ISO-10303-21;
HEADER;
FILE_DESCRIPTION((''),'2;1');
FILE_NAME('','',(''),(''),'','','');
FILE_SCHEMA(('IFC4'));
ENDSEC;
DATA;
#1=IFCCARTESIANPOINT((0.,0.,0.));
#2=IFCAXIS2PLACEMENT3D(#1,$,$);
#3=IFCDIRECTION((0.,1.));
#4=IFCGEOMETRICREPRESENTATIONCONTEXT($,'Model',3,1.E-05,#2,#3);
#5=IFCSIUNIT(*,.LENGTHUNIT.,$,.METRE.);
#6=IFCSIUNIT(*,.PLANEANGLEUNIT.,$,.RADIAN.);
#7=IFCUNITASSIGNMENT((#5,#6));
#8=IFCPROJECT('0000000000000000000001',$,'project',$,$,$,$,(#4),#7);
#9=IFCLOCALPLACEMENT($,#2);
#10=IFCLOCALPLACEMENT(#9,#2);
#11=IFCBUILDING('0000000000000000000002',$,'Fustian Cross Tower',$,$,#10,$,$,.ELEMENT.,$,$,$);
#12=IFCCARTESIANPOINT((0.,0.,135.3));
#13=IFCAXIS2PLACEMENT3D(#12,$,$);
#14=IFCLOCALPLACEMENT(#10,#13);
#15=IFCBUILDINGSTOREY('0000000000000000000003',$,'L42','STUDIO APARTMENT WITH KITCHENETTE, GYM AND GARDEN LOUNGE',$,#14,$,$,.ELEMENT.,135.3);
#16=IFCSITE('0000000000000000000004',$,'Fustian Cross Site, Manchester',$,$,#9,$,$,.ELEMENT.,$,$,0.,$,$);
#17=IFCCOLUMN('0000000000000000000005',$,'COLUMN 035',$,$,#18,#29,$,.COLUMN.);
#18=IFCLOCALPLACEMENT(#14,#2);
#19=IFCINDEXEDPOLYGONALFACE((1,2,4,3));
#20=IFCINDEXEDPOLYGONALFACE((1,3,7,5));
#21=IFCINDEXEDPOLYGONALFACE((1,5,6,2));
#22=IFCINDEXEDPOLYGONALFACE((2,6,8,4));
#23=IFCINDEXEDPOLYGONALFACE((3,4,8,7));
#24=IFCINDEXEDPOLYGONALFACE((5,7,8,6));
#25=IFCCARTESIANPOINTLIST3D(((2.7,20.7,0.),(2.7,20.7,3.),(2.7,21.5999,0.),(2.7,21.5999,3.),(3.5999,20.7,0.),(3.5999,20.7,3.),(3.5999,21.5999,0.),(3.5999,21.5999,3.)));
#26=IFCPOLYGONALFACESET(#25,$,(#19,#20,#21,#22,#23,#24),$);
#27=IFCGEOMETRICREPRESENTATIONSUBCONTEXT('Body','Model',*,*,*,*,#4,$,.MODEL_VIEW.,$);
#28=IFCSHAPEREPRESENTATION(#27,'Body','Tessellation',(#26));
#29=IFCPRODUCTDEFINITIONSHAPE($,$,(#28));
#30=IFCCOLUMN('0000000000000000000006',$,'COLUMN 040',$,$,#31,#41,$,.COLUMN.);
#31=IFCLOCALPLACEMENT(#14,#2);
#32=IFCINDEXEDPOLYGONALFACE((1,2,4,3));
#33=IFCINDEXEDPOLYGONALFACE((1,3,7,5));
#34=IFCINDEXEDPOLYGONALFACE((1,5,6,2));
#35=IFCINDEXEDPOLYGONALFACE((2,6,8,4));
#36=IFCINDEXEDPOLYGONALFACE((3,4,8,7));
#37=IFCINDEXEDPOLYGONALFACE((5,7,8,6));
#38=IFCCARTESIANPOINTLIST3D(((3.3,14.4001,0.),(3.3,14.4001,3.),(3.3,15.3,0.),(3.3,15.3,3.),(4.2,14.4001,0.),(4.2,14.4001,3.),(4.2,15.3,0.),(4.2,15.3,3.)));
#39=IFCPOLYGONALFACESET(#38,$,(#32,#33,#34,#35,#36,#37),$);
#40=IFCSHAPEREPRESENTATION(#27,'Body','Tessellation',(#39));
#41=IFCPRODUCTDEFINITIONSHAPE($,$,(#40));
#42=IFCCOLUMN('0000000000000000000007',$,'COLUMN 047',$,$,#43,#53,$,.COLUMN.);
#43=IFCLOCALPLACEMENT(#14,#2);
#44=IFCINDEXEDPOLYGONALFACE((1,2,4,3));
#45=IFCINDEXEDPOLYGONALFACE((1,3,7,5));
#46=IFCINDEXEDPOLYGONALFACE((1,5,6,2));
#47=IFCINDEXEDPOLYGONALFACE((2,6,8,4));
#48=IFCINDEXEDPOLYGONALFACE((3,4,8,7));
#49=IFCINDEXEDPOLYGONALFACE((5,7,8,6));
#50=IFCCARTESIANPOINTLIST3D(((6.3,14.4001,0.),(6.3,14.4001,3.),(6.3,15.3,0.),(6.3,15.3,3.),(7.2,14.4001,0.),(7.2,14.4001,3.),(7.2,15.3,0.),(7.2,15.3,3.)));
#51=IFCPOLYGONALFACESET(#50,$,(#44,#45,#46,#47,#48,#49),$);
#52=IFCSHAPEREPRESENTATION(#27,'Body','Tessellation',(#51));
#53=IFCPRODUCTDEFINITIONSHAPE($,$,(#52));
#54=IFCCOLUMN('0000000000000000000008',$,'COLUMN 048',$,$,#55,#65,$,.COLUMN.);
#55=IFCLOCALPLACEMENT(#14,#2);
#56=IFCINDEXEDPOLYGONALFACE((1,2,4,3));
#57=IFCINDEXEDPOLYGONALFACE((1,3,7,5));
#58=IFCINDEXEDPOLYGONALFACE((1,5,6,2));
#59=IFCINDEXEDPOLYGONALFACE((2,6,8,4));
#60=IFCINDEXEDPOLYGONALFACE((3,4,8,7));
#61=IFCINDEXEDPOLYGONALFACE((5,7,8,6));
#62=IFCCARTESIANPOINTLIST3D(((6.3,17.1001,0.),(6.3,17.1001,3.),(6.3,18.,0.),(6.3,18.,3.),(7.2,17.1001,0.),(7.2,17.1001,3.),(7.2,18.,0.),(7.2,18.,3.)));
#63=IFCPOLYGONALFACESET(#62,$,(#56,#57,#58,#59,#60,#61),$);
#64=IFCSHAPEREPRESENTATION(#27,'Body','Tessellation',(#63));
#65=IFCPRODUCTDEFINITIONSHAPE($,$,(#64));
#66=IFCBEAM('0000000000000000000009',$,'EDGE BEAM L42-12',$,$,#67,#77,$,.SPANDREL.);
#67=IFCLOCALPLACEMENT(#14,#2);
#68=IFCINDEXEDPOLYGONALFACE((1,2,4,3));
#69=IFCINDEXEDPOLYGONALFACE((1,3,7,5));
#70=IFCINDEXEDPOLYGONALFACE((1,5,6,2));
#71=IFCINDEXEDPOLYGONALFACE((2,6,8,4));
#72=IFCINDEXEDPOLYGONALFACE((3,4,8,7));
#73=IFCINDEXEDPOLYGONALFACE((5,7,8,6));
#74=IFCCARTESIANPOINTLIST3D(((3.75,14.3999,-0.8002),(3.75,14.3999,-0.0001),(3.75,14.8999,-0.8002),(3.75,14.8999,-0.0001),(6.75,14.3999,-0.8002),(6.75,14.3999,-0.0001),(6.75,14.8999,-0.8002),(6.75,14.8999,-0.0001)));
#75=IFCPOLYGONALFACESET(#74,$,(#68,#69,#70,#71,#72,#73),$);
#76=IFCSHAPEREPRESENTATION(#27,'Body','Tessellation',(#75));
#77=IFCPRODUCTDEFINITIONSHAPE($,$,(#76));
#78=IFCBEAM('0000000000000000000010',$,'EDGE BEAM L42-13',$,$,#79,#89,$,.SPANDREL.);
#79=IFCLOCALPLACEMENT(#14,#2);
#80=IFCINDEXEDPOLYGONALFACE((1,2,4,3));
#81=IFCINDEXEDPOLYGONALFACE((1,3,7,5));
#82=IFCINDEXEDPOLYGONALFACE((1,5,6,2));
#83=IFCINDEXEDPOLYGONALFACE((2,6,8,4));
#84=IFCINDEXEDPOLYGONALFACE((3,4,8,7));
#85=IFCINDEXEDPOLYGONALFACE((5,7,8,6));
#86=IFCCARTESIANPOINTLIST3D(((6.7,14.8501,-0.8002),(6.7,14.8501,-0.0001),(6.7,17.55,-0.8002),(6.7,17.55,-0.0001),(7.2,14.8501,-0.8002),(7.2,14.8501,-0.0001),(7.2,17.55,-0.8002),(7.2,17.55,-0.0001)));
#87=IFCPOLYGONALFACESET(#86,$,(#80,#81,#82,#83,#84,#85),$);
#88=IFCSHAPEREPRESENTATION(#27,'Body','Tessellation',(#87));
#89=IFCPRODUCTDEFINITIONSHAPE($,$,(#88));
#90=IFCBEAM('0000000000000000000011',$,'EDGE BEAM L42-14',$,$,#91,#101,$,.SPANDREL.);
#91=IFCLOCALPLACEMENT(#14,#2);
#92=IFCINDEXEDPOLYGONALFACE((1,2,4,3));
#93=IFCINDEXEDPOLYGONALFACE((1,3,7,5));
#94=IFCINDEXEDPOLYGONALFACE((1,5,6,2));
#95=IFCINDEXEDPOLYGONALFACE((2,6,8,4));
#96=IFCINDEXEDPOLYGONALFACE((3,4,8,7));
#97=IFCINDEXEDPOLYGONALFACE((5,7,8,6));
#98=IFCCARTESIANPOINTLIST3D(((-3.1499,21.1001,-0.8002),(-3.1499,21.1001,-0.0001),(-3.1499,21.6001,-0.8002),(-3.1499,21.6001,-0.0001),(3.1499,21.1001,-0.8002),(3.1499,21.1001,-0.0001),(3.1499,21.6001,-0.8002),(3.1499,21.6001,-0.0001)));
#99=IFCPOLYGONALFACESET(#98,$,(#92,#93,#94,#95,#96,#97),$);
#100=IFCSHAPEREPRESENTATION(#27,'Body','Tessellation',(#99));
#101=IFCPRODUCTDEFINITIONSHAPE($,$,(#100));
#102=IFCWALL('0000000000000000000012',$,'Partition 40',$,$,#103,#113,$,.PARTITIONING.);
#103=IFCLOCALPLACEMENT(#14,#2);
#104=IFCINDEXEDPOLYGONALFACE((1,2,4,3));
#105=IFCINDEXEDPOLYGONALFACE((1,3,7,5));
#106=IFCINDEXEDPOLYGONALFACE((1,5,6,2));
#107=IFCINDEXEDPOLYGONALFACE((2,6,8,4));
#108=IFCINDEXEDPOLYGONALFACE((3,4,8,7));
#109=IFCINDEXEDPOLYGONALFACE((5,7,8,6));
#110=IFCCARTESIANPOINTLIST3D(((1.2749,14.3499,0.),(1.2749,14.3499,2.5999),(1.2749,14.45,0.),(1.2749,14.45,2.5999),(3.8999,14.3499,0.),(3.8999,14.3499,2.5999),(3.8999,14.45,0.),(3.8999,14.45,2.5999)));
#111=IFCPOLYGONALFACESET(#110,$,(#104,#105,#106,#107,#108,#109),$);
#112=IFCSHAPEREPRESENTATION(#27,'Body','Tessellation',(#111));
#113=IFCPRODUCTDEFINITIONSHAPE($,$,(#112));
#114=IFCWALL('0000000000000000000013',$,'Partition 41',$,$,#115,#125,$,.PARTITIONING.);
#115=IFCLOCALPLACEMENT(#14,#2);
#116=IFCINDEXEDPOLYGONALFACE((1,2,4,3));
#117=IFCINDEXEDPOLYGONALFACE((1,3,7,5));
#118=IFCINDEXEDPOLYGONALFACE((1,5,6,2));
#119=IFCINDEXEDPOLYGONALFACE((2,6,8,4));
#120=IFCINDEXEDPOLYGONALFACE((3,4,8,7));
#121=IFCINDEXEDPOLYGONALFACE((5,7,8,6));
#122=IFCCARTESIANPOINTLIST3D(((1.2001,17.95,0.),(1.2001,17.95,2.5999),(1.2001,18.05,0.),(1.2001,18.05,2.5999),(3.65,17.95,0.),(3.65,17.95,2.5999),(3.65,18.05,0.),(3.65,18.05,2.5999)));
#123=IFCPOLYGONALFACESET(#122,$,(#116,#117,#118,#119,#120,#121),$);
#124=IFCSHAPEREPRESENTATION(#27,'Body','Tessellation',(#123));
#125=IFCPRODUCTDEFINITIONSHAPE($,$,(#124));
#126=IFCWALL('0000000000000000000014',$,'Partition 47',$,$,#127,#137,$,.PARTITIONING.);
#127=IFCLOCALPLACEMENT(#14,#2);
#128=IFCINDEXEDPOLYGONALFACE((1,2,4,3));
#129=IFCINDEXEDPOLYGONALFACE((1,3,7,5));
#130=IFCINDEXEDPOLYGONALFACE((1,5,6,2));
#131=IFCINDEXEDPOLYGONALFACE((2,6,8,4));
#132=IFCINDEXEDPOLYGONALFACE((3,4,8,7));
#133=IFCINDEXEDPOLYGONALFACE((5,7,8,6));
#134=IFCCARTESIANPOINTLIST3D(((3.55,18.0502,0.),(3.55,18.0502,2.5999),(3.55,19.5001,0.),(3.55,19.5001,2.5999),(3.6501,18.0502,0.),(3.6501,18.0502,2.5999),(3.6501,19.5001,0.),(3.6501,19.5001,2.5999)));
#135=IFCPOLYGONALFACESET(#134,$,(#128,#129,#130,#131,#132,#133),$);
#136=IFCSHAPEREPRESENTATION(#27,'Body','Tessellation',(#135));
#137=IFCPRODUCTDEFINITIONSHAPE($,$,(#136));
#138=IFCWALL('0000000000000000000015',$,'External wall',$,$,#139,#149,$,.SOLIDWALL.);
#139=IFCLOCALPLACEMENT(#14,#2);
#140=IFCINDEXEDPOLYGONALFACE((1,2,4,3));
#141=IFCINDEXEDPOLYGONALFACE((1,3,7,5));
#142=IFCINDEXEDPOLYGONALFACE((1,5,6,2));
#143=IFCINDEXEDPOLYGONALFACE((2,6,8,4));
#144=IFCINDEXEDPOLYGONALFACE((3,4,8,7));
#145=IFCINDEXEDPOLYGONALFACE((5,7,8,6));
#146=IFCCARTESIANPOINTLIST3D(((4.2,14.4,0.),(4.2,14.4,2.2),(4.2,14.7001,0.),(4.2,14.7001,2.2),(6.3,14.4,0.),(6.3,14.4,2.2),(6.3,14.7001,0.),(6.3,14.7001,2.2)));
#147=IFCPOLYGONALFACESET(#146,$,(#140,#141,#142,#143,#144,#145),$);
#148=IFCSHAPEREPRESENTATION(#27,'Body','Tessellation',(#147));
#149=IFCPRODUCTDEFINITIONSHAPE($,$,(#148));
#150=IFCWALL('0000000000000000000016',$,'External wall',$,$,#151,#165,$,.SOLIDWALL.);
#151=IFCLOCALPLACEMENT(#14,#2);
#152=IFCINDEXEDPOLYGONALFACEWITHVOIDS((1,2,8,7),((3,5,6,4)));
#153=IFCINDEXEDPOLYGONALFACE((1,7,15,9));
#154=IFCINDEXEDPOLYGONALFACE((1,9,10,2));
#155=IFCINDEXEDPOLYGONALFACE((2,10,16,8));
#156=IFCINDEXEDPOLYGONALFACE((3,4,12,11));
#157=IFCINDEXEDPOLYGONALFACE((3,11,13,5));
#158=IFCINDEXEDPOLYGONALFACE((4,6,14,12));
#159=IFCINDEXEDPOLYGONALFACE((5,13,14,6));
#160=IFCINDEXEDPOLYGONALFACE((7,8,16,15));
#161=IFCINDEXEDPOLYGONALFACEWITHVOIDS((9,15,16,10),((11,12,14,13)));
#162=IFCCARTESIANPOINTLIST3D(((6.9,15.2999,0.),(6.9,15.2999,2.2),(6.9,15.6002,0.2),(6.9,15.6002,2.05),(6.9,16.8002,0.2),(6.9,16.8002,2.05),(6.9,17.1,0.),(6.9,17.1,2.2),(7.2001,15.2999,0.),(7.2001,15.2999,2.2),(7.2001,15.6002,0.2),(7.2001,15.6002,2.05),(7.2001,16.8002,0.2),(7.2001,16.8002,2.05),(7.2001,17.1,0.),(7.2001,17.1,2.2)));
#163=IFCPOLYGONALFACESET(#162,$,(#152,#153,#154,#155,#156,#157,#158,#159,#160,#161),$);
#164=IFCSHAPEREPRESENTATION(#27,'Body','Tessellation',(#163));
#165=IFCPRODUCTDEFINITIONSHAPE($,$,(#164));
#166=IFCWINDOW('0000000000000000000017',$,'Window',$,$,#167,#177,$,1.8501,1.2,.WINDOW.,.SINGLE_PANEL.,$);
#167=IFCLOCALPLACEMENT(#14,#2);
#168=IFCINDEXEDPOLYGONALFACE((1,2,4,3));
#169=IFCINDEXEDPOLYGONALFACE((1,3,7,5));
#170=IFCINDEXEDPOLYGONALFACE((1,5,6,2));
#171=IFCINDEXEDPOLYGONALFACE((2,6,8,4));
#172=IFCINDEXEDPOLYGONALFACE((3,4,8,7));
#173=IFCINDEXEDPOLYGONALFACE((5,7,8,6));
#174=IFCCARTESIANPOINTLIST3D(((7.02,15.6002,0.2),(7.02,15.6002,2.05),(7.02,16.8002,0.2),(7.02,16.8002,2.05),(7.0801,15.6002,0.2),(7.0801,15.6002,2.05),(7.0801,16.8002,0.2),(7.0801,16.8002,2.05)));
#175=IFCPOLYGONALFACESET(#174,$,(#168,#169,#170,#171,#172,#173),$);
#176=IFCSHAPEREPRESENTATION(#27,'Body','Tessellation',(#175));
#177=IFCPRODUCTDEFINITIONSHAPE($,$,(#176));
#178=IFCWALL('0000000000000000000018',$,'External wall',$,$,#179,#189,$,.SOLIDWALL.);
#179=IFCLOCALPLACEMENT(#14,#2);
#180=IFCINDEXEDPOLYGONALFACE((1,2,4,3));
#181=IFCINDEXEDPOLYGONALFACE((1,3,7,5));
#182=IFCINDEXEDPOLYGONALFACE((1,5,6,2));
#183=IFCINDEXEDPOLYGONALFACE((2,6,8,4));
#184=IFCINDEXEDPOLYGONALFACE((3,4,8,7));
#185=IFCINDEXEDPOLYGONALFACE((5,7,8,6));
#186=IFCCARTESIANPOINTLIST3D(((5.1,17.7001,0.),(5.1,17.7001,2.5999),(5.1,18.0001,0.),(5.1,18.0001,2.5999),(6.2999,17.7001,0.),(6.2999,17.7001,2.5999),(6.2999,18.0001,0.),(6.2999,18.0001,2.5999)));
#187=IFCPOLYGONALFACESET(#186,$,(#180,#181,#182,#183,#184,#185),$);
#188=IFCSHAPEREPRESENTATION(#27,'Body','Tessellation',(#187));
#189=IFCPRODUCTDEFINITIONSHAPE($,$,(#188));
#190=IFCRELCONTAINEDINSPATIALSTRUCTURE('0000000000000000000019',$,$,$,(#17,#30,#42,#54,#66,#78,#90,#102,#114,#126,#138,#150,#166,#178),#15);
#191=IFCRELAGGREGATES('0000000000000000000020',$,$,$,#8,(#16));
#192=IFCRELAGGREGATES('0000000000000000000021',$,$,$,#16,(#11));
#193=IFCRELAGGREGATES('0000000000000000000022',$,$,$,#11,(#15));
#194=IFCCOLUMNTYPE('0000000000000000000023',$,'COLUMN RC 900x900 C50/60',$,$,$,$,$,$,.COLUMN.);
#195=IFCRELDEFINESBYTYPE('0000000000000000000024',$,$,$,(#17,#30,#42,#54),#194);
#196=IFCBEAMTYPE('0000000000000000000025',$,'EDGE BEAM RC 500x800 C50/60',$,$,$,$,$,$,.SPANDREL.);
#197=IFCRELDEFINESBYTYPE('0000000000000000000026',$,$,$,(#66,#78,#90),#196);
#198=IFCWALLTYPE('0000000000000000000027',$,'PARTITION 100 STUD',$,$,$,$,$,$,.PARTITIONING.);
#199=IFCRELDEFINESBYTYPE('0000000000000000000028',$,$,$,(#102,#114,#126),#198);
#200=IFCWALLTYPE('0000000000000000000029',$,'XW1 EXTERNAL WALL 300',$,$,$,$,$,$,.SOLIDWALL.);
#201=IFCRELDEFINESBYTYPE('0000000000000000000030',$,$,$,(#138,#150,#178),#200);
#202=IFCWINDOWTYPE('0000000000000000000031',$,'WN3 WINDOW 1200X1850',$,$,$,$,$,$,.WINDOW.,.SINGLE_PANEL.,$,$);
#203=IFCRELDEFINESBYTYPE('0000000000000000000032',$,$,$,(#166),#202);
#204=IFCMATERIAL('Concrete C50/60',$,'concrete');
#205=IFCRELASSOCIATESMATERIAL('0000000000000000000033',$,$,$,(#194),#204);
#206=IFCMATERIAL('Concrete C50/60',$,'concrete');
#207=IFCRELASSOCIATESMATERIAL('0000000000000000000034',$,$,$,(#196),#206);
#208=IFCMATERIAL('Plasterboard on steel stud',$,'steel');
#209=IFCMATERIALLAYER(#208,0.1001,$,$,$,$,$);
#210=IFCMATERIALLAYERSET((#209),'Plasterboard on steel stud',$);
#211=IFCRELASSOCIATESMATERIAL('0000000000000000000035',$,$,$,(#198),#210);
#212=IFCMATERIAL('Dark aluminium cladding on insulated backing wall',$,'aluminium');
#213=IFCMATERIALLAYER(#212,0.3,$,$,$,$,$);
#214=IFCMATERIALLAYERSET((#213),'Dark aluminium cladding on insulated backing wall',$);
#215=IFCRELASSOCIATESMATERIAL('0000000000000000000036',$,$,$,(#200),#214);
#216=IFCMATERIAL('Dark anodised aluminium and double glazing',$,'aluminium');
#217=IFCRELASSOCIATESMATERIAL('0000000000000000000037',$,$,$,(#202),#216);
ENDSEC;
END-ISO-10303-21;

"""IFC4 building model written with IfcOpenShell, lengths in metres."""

from ifc_helpers import new_model, si_unit, direction, frame, frame_2d, origin, origin_2d, place, context, subcontext, project, spatial, rectangle, extrude, material, layer, layer_set, material_profile, profile_set, type_object, element, fill, save


model = new_model("IFC4")

# Units and contexts
model_context = context("Model", 3, precision=1e-05, world=origin(), true_north=direction((0.0, 1.0)))
body_context = subcontext(model_context, "Body", "Model", "MODEL_VIEW")
ifc_project = project(units=[si_unit("LENGTHUNIT", "METRE"), si_unit("PLANEANGLEUNIT", "RADIAN")], contexts=[model_context])

# Site, building, storey
site_placement = place(None, origin())
site = spatial("IfcSite", under=ifc_project, at=site_placement, Name="Fustian Cross Site, Manchester", CompositionType="ELEMENT", RefElevation=0.0)
building_placement = place(site_placement, origin())
building = spatial("IfcBuilding", under=site, at=building_placement, Name="Fustian Cross Tower", CompositionType="ELEMENT")
storey_placement = place(building_placement, frame((0.0, 0.0, 135.3)))
storey = spatial("IfcBuildingStorey", under=building, at=storey_placement, Name="L42", Description="STUDIO APARTMENT WITH KITCHENETTE, GYM AND GARDEN LOUNGE", CompositionType="ELEMENT", Elevation=135.3)

# Columns
ifc_material_1 = material(Name="Concrete C50/60", Category="concrete")
ifc_material_profile_1 = material_profile(ifc_material_1, rectangle(XDim=0.8999, YDim=0.8999, at=origin_2d()), Name="RC 900x900")
ifc_profile_set_1 = profile_set([ifc_material_profile_1], Name="Concrete C50/60")
column_type = type_object("IfcColumnType", Name="COLUMN RC 900x900 C50/60", PredefinedType="COLUMN", material=ifc_profile_set_1)
for number, where, z_axis, x_axis, name in (
    (1, (3.1499, 21.1499, 0.0), (0.0, 0.0, 1.0), (1.0, 0.0, 0.0), "COLUMN 035"),
    (2, (3.75, 14.8501, 0.0), (0.0, 0.0, 1.0), (1.0, 0.0, 0.0), "COLUMN 040"),
    (3, (6.75, 14.8501, 0.0), (0.0, 0.0, 1.0), (1.0, 0.0, 0.0), "COLUMN 047"),
    (4, (6.75, 17.55, 0.0), (0.0, 0.0, 1.0), (1.0, 0.0, 0.0), "COLUMN 048"),
):
    element("IfcColumn", number, at=place(storey_placement, frame(where, z_axis=z_axis, x_axis=x_axis)), inside=storey, type_object=column_type, Name=name, PredefinedType="COLUMN", context=body_context, shape_type="SweptSolid", body=[
        extrude(rectangle(XDim=0.8999, YDim=0.8999, at=origin_2d()), origin(), (0.0, 0.0, 1.0), 3.0),
    ])

# Beams
ifc_material_2 = material(Name="Concrete C50/60", Category="concrete")
ifc_material_profile_2 = material_profile(ifc_material_2, rectangle(XDim=0.5, YDim=0.8, at=origin_2d()), Name="RC 500x800")
ifc_profile_set_2 = profile_set([ifc_material_profile_2], Name="Concrete C50/60")
beam_type = type_object("IfcBeamType", Name="EDGE BEAM RC 500x800 C50/60", PredefinedType="SPANDREL", material=ifc_profile_set_2)
beam_1_placement = place(storey_placement, frame((3.75, 14.6499, -0.4001), z_axis=(1.0, 0.0, 0.0), x_axis=(0.0, 1.0, 0.0)))
element("IfcBeam", 5, at=beam_1_placement, inside=storey, type_object=beam_type, Name="EDGE BEAM L42-12", PredefinedType="SPANDREL", context=body_context, shape_type="SweptSolid", body=[
    extrude(rectangle(XDim=0.5, YDim=0.8, at=origin_2d()), origin(), (0.0, 0.0, 1.0), 3.0),
])
beam_2_placement = place(storey_placement, frame((6.95, 14.8501, -0.4001), z_axis=(0.0, 1.0, 0.0), x_axis=(-1.0, 0.0, 0.0)))
element("IfcBeam", 6, at=beam_2_placement, inside=storey, type_object=beam_type, Name="EDGE BEAM L42-13", PredefinedType="SPANDREL", context=body_context, shape_type="SweptSolid", body=[
    extrude(rectangle(XDim=0.5, YDim=0.8, at=origin_2d()), origin(), (0.0, 0.0, 1.0), 2.7),
])
beam_3_placement = place(storey_placement, frame((3.1499, 21.3501, -0.4001), z_axis=(-1.0, 0.0, 0.0), x_axis=(0.0, -1.0, 0.0)))
element("IfcBeam", 7, at=beam_3_placement, inside=storey, type_object=beam_type, Name="EDGE BEAM L42-14", PredefinedType="SPANDREL", context=body_context, shape_type="SweptSolid", body=[
    extrude(rectangle(XDim=0.5, YDim=0.8, at=origin_2d()), origin(), (0.0, 0.0, 1.0), 6.2998),
])

# Walls
ifc_material_3 = material(Name="Plasterboard on steel stud", Category="steel")
ifc_layer_1 = layer(ifc_material_3, 0.1001)
ifc_layer_set_1 = layer_set([ifc_layer_1], Name="Plasterboard on steel stud")
wall_type_1 = type_object("IfcWallType", Name="PARTITION 100 STUD", PredefinedType="PARTITIONING", material=ifc_layer_set_1)
wall_1_placement = place(storey_placement, frame((1.2749, 14.3999, 0.0), z_axis=(0.0, 0.0, 1.0), x_axis=(1.0, 0.0, 0.0)))
element("IfcWall", 8, at=wall_1_placement, inside=storey, type_object=wall_type_1, Name="Partition 40", PredefinedType="PARTITIONING", context=body_context, shape_type="SweptSolid", body=[
    extrude(rectangle(XDim=2.625, YDim=0.1001, at=frame_2d((1.3125, 0.0))), origin(), (0.0, 0.0, 1.0), 2.5999),
])
wall_2_placement = place(storey_placement, frame((1.2, 18.0, 0.0), z_axis=(0.0, 0.0, 1.0), x_axis=(1.0, 0.0, 0.0)))
element("IfcWall", 9, at=wall_2_placement, inside=storey, type_object=wall_type_1, Name="Partition 41", PredefinedType="PARTITIONING", context=body_context, shape_type="SweptSolid", body=[
    extrude(rectangle(XDim=2.45, YDim=0.1001, at=frame_2d((1.2251, 0.0))), origin(), (0.0, 0.0, 1.0), 2.5999),
])
wall_3_placement = place(storey_placement, frame((3.6001, 18.05, 0.0), z_axis=(0.0, 0.0, 1.0), x_axis=(0.0, 1.0, 0.0)))
element("IfcWall", 10, at=wall_3_placement, inside=storey, type_object=wall_type_1, Name="Partition 47", PredefinedType="PARTITIONING", context=body_context, shape_type="SweptSolid", body=[
    extrude(rectangle(XDim=1.45, YDim=0.1001, at=frame_2d((0.7251, 0.0))), origin(), (0.0, 0.0, 1.0), 2.5999),
])
ifc_material_4 = material(Name="Dark aluminium cladding on insulated backing wall", Category="aluminium")
ifc_layer_2 = layer(ifc_material_4, 0.3)
ifc_layer_set_2 = layer_set([ifc_layer_2], Name="Dark aluminium cladding on insulated backing wall")
wall_type_2 = type_object("IfcWallType", Name="XW1 EXTERNAL WALL 300", PredefinedType="SOLIDWALL", material=ifc_layer_set_2)
wall_4_placement = place(storey_placement, frame((4.2, 14.55, 0.0), z_axis=(0.0, 0.0, 1.0), x_axis=(1.0, 0.0, 0.0)))
element("IfcWall", 11, at=wall_4_placement, inside=storey, type_object=wall_type_2, Name="External wall", PredefinedType="SOLIDWALL", context=body_context, shape_type="SweptSolid", body=[
    extrude(rectangle(XDim=2.1001, YDim=0.3, at=frame_2d((1.05, 0.0))), origin(), (0.0, 0.0, 1.0), 2.2),
])

# Wall, opening, window
wall_5_placement = place(storey_placement, frame((7.05, 15.3, 0.0), z_axis=(0.0, 0.0, 1.0), x_axis=(0.0, 1.0, 0.0)))
wall_5 = element("IfcWall", 12, at=wall_5_placement, inside=storey, type_object=wall_type_2, Name="External wall", PredefinedType="SOLIDWALL", context=body_context, shape_type="SweptSolid", body=[
    extrude(rectangle(XDim=1.8, YDim=0.3, at=frame_2d((0.8999, 0.0))), origin(), (0.0, 0.0, 1.0), 2.2),
])
opening_1_placement = place(wall_5_placement, frame((0.3, 0.0, 0.2)))
opening_1 = element("IfcOpeningElement", 13, at=opening_1_placement, cuts=wall_5, PredefinedType="OPENING", context=body_context, shape_type="SweptSolid", body=[
    extrude(rectangle(XDim=1.2, YDim=1.8501, at=frame_2d((0.6001, 0.925))), frame((0.0, 0.1599, 0.0), z_axis=(0.0, -1.0, 0.0), x_axis=(1.0, 0.0, 0.0)), (0.0, 0.0, 1.0), 0.3201),
])
ifc_material_5 = material(Name="Dark anodised aluminium and double glazing", Category="aluminium")
window_type_1 = type_object("IfcWindowType", Name="WN3 WINDOW 1200X1850", PartitioningType="SINGLE_PANEL", PredefinedType="WINDOW", material=ifc_material_5)
window_1_placement = place(opening_1_placement, origin())
window_1 = element("IfcWindow", 14, at=window_1_placement, inside=storey, type_object=window_type_1, Name="Window", OverallHeight=1.8501, OverallWidth=1.2, PartitioningType="SINGLE_PANEL", PredefinedType="WINDOW", context=body_context, shape_type="SweptSolid", body=[
    extrude(rectangle(XDim=1.2, YDim=1.8501, at=frame_2d((0.6001, 0.925))), frame((0.0, 0.03, 0.0), z_axis=(0.0, -1.0, 0.0), x_axis=(1.0, 0.0, 0.0)), (0.0, 0.0, 1.0), 0.0601),
])
fill(opening_1, window_1)

# Wall
wall_6_placement = place(storey_placement, frame((6.3, 17.8501, 0.0), z_axis=(0.0, 0.0, 1.0), x_axis=(-1.0, 0.0, 0.0)))
element("IfcWall", 15, at=wall_6_placement, inside=storey, type_object=wall_type_2, Name="External wall", PredefinedType="SOLIDWALL", context=body_context, shape_type="SweptSolid", body=[
    extrude(rectangle(XDim=1.2, YDim=0.3, at=frame_2d((0.6001, 0.0))), origin(), (0.0, 0.0, 1.0), 2.5999),
])

save(model, "model.ifc")
